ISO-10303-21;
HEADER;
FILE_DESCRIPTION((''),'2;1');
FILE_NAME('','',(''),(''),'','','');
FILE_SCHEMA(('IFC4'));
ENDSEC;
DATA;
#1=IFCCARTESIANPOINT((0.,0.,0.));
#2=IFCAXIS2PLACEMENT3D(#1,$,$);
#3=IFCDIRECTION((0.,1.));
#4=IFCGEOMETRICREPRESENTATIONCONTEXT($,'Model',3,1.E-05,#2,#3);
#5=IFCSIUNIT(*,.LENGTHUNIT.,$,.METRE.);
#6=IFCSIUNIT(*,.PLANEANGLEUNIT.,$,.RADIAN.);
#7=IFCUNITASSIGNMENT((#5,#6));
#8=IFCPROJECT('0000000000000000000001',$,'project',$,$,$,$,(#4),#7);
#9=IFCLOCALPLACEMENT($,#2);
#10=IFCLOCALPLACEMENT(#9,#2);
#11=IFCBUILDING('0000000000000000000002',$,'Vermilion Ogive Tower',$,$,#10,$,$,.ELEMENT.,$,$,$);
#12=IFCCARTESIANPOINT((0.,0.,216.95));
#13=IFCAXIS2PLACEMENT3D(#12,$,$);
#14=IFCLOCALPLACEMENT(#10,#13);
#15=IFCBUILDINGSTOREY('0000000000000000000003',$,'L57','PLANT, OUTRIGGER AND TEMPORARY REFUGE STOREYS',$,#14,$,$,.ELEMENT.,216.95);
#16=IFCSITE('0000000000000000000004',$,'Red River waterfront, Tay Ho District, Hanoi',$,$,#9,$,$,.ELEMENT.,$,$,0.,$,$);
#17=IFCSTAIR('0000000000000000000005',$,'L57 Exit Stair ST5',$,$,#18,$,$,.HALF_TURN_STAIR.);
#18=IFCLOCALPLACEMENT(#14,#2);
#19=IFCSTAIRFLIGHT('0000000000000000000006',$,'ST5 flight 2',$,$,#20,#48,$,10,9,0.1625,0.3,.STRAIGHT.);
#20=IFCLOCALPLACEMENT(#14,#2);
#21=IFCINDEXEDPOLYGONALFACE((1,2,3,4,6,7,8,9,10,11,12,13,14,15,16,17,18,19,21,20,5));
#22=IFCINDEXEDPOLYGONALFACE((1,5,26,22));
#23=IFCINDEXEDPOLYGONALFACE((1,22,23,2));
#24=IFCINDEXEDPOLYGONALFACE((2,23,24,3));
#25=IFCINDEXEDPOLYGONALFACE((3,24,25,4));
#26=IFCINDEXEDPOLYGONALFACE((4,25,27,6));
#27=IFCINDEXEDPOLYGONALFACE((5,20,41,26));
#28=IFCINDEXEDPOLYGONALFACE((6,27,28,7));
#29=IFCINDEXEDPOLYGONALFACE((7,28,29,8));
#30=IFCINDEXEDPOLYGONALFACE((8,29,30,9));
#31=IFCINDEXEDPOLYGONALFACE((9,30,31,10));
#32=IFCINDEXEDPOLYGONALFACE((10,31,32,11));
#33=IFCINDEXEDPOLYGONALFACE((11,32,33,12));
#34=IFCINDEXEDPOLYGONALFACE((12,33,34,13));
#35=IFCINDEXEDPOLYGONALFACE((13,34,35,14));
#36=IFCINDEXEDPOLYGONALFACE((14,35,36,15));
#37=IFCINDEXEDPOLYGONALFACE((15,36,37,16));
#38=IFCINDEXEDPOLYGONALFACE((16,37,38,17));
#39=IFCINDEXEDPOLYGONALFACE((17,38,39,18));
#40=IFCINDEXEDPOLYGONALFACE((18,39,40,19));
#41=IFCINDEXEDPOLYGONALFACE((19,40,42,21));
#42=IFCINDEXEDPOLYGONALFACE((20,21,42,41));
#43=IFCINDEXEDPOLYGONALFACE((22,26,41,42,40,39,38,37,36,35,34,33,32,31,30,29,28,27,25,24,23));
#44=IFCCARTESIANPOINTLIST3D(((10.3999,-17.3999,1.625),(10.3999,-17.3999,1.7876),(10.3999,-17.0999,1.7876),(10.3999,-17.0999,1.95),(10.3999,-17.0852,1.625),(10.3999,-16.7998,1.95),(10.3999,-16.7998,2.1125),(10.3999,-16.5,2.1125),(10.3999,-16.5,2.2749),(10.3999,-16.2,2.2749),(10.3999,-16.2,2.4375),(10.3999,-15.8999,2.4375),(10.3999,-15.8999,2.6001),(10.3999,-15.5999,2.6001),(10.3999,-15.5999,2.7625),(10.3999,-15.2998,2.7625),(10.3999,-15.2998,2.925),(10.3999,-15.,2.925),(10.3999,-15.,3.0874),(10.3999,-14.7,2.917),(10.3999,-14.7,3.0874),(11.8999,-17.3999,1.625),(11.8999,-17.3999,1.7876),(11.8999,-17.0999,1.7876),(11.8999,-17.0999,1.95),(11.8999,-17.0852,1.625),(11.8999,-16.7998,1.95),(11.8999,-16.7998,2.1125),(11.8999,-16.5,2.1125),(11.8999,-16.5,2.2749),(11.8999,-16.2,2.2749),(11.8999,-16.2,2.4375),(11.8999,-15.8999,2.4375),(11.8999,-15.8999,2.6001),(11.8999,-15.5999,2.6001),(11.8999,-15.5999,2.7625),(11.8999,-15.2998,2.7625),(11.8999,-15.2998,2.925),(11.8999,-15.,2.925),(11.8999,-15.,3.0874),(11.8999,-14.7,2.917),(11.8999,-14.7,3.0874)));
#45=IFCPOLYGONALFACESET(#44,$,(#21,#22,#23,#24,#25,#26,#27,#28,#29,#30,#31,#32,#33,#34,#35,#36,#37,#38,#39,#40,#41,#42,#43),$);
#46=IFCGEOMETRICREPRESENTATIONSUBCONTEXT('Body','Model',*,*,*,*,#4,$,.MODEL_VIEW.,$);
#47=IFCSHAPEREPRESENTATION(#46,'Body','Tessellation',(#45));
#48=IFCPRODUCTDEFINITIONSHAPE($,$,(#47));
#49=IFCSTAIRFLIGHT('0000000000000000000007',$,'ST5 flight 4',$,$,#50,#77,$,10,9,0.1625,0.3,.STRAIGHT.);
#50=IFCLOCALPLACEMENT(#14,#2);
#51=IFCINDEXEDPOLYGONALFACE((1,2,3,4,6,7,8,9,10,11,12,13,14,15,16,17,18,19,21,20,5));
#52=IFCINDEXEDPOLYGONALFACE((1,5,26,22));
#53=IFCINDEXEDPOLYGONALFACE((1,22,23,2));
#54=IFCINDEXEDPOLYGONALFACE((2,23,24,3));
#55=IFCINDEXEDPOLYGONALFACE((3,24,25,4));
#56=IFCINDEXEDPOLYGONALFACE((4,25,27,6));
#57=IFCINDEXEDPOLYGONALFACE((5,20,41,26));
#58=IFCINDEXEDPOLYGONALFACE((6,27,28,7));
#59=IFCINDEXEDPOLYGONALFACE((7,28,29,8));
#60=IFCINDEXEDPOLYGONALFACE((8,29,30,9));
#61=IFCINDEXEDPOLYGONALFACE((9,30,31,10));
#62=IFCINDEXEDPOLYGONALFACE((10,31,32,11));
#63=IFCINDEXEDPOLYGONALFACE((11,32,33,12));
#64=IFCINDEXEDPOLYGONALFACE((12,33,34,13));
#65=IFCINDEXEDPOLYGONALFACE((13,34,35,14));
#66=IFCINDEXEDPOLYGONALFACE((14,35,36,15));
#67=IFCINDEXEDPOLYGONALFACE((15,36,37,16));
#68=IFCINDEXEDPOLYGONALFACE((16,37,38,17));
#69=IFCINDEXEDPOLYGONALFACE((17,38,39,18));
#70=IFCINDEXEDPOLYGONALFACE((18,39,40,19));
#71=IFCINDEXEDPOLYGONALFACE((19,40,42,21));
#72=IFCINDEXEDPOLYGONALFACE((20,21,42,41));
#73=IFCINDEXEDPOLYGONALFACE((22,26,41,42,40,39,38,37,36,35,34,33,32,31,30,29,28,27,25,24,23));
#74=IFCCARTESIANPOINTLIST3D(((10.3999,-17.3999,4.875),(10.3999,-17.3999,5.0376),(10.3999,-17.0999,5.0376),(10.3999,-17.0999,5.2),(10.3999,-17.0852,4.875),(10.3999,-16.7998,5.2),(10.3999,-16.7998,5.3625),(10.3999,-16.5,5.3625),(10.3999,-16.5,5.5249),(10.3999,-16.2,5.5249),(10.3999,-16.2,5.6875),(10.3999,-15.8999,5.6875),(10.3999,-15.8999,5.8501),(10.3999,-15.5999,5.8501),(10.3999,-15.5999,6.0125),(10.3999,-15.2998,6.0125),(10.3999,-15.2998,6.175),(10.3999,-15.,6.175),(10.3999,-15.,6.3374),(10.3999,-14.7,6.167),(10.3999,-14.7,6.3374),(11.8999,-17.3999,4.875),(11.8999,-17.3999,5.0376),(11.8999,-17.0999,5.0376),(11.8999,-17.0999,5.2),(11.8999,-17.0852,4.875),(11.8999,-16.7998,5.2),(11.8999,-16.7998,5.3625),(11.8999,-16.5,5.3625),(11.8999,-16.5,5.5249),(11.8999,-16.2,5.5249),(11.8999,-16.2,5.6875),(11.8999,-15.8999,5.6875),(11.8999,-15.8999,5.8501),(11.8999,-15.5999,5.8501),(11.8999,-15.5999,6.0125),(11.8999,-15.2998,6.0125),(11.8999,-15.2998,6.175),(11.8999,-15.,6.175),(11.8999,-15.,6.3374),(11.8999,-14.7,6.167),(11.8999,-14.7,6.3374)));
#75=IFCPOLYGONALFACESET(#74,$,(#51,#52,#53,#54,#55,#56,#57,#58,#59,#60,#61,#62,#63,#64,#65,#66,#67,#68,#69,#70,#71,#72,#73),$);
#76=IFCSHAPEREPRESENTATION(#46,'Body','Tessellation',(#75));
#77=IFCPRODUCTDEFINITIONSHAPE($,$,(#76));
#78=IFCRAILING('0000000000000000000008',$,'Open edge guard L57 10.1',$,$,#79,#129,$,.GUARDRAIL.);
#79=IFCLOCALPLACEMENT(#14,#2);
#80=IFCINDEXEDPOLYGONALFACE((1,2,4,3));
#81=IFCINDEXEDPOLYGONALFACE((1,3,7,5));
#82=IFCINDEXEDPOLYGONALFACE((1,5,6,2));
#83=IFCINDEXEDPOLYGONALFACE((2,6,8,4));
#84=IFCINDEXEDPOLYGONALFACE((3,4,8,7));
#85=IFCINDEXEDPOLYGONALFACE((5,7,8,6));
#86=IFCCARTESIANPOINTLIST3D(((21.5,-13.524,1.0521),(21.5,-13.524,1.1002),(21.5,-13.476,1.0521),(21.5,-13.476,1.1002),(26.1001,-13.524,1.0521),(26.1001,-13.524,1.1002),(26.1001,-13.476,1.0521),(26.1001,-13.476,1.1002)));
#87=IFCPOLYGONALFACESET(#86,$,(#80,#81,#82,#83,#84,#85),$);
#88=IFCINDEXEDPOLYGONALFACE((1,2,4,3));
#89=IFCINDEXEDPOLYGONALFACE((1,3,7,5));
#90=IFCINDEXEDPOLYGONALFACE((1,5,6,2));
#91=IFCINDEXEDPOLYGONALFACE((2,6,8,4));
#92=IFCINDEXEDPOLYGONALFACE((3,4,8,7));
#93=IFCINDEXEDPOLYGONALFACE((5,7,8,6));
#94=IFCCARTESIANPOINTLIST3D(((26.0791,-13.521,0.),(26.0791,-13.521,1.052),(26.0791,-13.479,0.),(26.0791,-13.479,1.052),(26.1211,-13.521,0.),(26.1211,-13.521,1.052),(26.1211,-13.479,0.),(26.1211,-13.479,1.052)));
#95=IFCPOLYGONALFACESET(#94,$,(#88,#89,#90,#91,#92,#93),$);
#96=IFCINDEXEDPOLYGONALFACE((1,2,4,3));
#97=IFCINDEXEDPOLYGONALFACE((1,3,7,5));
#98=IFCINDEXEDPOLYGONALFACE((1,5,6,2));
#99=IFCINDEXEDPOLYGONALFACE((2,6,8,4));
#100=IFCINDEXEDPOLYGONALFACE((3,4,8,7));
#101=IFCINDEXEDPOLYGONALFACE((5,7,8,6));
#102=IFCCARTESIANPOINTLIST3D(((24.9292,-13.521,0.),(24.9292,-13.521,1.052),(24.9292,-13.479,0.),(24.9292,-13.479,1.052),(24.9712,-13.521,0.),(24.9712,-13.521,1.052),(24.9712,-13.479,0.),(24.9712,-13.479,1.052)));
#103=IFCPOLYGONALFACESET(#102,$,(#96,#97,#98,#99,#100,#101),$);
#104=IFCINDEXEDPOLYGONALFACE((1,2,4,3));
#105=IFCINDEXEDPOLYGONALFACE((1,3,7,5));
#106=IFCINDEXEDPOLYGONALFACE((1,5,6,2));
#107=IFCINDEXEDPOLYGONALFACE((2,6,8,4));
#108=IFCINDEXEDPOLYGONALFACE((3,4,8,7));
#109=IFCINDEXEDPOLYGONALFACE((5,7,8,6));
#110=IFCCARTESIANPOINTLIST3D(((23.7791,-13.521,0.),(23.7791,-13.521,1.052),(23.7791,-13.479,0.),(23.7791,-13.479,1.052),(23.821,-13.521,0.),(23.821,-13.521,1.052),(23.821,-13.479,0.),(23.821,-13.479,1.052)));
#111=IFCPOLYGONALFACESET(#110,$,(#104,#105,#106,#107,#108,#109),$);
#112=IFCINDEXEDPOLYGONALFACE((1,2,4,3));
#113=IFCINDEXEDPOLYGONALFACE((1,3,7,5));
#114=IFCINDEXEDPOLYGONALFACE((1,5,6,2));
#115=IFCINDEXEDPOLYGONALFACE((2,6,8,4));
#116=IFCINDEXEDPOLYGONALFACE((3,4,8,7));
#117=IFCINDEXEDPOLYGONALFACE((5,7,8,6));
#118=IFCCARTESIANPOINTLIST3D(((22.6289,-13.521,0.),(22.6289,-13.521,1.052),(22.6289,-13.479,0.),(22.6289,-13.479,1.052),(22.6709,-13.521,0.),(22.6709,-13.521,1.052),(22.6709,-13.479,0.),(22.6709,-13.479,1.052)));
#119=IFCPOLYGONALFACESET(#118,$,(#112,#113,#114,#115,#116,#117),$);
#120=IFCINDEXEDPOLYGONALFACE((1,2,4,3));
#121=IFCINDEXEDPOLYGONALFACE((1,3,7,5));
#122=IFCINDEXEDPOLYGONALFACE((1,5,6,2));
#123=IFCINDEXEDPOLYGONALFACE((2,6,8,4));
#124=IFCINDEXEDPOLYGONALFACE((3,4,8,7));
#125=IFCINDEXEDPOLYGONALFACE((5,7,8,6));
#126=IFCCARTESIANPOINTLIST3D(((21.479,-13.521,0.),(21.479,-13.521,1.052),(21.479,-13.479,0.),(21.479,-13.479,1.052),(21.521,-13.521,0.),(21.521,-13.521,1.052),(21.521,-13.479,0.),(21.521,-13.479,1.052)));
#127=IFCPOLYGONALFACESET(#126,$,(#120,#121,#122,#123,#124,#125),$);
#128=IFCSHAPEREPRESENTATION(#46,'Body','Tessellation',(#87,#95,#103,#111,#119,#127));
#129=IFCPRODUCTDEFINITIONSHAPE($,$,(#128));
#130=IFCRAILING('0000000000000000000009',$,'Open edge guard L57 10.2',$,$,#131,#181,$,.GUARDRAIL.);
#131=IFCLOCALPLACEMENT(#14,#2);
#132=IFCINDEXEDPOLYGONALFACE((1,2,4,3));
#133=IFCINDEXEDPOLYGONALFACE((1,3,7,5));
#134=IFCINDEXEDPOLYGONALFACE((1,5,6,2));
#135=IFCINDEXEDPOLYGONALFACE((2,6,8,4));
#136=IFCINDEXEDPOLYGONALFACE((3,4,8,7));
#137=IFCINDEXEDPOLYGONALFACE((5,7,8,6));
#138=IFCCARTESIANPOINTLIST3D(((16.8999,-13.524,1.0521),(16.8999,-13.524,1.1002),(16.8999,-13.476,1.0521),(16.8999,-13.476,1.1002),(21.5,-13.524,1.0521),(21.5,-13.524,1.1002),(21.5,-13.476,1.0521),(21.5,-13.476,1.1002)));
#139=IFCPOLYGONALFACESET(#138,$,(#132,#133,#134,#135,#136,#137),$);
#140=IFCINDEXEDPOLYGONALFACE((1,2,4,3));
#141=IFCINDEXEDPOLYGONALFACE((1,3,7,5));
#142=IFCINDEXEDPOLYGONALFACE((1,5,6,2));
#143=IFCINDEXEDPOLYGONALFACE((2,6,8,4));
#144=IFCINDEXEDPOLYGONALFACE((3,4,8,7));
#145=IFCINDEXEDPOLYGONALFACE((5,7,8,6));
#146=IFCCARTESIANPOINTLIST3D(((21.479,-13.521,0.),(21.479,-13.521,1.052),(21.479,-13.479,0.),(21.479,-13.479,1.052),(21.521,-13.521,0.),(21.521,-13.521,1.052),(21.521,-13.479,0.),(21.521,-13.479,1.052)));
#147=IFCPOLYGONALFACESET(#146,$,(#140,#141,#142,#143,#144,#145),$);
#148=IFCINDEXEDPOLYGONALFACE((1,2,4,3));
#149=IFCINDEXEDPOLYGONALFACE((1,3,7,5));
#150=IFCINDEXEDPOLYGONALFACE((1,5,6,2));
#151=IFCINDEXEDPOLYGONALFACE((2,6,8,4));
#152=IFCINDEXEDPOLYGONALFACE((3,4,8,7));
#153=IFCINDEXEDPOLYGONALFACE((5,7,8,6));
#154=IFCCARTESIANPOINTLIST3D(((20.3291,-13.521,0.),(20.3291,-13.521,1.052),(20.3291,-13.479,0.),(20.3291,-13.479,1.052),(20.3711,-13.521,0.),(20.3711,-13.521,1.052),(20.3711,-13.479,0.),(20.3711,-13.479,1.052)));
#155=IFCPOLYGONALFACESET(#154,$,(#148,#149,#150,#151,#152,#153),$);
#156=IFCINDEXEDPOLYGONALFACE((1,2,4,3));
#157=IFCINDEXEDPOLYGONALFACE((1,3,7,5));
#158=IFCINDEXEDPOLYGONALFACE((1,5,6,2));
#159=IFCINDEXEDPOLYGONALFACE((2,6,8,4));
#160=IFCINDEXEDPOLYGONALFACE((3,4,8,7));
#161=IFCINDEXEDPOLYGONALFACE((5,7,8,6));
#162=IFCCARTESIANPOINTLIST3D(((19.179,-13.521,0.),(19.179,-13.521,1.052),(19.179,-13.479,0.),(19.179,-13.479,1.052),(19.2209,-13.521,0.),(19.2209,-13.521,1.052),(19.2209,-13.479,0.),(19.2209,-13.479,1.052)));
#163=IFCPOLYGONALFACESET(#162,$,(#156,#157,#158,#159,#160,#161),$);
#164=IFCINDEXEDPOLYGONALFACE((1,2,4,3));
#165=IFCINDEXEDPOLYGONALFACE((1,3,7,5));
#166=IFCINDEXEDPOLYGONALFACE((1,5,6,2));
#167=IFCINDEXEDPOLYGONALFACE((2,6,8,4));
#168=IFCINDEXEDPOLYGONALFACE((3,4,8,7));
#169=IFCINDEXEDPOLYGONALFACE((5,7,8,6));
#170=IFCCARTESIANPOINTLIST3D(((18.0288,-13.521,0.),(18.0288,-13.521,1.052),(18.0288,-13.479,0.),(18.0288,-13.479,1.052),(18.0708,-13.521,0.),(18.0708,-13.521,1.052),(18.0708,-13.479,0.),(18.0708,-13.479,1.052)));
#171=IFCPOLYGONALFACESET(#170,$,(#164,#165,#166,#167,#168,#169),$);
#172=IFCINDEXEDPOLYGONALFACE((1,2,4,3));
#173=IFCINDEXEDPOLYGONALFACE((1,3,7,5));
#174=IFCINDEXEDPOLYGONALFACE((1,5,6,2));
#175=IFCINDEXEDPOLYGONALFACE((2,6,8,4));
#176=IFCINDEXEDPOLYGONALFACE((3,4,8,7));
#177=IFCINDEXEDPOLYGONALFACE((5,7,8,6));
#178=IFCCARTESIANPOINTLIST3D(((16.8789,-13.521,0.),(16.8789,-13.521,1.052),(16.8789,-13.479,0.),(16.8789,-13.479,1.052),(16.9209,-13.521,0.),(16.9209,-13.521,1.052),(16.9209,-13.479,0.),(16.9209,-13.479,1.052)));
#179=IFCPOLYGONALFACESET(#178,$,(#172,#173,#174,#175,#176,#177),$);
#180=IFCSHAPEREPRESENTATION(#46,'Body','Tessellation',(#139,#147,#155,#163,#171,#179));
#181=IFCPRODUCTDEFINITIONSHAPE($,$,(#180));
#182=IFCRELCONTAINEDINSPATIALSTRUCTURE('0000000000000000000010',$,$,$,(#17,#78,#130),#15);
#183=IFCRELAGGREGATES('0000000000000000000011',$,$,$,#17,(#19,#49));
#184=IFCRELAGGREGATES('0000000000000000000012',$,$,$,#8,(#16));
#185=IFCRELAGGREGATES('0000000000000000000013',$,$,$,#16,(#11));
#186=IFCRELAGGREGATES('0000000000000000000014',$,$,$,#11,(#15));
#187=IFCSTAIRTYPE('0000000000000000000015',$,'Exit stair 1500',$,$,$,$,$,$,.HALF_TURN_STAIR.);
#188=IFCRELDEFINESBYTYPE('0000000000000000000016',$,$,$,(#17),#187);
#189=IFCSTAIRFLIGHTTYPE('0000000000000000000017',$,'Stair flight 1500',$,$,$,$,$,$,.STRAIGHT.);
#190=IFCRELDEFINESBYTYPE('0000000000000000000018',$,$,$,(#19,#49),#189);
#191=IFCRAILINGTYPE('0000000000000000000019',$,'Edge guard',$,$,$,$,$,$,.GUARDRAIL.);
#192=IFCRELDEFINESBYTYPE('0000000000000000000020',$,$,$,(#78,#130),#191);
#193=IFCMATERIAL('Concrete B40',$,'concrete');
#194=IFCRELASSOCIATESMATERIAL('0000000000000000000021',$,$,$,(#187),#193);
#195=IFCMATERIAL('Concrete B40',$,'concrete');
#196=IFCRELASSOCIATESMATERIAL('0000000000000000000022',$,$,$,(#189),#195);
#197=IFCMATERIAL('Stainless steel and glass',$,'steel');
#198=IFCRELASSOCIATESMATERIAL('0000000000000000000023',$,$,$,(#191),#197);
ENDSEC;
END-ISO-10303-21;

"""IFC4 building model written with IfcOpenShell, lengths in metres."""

from ifc_helpers import new_model, si_unit, direction, frame, origin, origin_2d, place, context, subcontext, project, spatial, polyline, rectangle, outline, extrude, material, type_object, element, aggregate, save


model = new_model("IFC4")

# Units and contexts
model_context = context("Model", 3, precision=1e-05, world=origin(), true_north=direction((0.0, 1.0)))
body_context = subcontext(model_context, "Body", "Model", "MODEL_VIEW")
ifc_project = project(units=[si_unit("LENGTHUNIT", "METRE"), si_unit("PLANEANGLEUNIT", "RADIAN")], contexts=[model_context])

# Site, building, storey
site_placement = place(None, origin())
site = spatial("IfcSite", under=ifc_project, at=site_placement, Name="Red River waterfront, Tay Ho District, Hanoi", CompositionType="ELEMENT", RefElevation=0.0)
building_placement = place(site_placement, origin())
building = spatial("IfcBuilding", under=site, at=building_placement, Name="Vermilion Ogive Tower", CompositionType="ELEMENT")
storey_placement = place(building_placement, frame((0.0, 0.0, 216.95)))
storey = spatial("IfcBuildingStorey", under=building, at=storey_placement, Name="L57", Description="PLANT, OUTRIGGER AND TEMPORARY REFUGE STOREYS", CompositionType="ELEMENT", Elevation=216.95)

# Stair, stair flights
ifc_material_1 = material(Name="Concrete B40", Category="concrete")
stair_type = type_object("IfcStairType", Name="Exit stair 1500", PredefinedType="HALF_TURN_STAIR", material=ifc_material_1)
stair_placement = place(storey_placement, origin())
stair = element("IfcStair", 1, at=stair_placement, inside=storey, type_object=stair_type, Name="L57 Exit Stair ST5", PredefinedType="HALF_TURN_STAIR")
ifc_material_2 = material(Name="Concrete B40", Category="concrete")
stair_flight_type = type_object("IfcStairFlightType", Name="Stair flight 1500", PredefinedType="STRAIGHT", material=ifc_material_2)
stair_flight_1_placement = place(storey_placement, frame((11.1499, -17.3999, 1.625), z_axis=(0.0, 0.0, 1.0), x_axis=(0.0, 1.0, 0.0)))
stair_flight_1 = element("IfcStairFlight", 2, at=stair_flight_1_placement, type_object=stair_flight_type, Name="ST5 flight 2", NumberOfRisers=10, NumberOfTreads=9, PredefinedType="STRAIGHT", RiserHeight=0.1625, TreadLength=0.3, context=body_context, shape_type="SweptSolid", body=[
    extrude(outline(polyline([(0.0, 0.0), (0.0, 0.1626), (0.3, 0.1626), (0.3, 0.325), (0.6001, 0.325), (0.6001, 0.4875), (0.8999, 0.4875), (0.8999, 0.6499), (1.2, 0.6499), (1.2, 0.8125), (1.5, 0.8125), (1.5, 0.9751), (1.8, 0.9751), (1.8, 1.1375), (2.1001, 1.1375), (2.1001, 1.3), (2.3999, 1.3), (2.3999, 1.4624), (2.7, 1.4624), (2.7, 1.625), (2.7, 1.292), (0.3147, 0.0), (0.0, 0.0)])), frame((0.0, 0.75, 0.0), z_axis=(0.0, -1.0, 0.0), x_axis=(1.0, 0.0, 0.0)), (0.0, 0.0, 1.0), 1.5),
])
stair_flight_2_placement = place(storey_placement, frame((11.1499, -17.3999, 4.875), z_axis=(0.0, 0.0, 1.0), x_axis=(0.0, 1.0, 0.0)))
stair_flight_2 = element("IfcStairFlight", 3, at=stair_flight_2_placement, type_object=stair_flight_type, Name="ST5 flight 4", NumberOfRisers=10, NumberOfTreads=9, PredefinedType="STRAIGHT", RiserHeight=0.1625, TreadLength=0.3, context=body_context, shape_type="SweptSolid", body=[
    extrude(outline(polyline([(0.0, 0.0), (0.0, 0.1626), (0.3, 0.1626), (0.3, 0.325), (0.6001, 0.325), (0.6001, 0.4875), (0.8999, 0.4875), (0.8999, 0.6499), (1.2, 0.6499), (1.2, 0.8125), (1.5, 0.8125), (1.5, 0.9751), (1.8, 0.9751), (1.8, 1.1375), (2.1001, 1.1375), (2.1001, 1.3), (2.3999, 1.3), (2.3999, 1.4624), (2.7, 1.4624), (2.7, 1.625), (2.7, 1.292), (0.3147, 0.0), (0.0, 0.0)])), frame((0.0, 0.75, 0.0), z_axis=(0.0, -1.0, 0.0), x_axis=(1.0, 0.0, 0.0)), (0.0, 0.0, 1.0), 1.5),
])
aggregate(stair, [stair_flight_1, stair_flight_2])

# Railings
ifc_material_3 = material(Name="Stainless steel and glass", Category="steel")
railing_type_1 = type_object("IfcRailingType", Name="Edge guard", PredefinedType="GUARDRAIL", material=ifc_material_3)
for number, where, name in (
    (4, (26.1001, -13.5, 0.0), "Open edge guard L57 10.1"),
    (5, (21.5, -13.5, 0.0), "Open edge guard L57 10.2"),
):
    element("IfcRailing", number, at=place(storey_placement, frame(where)), inside=storey, type_object=railing_type_1, Name=name, PredefinedType="GUARDRAIL", context=body_context, shape_type="SweptSolid", body=[
        extrude(rectangle(XDim=0.0481, YDim=0.0481, at=origin_2d()), frame((0.0, 0.0, 1.0762), z_axis=(-1.0, 0.0, 0.0), x_axis=(0.0, -1.0, 0.0)), (0.0, 0.0, 1.0), 4.6001),
        extrude(rectangle(XDim=0.042, YDim=0.042, at=origin_2d()), origin(), (0.0, 0.0, 1.0), 1.052),
        extrude(rectangle(XDim=0.042, YDim=0.042, at=origin_2d()), frame((-1.1499, 0.0, 0.0)), (0.0, 0.0, 1.0), 1.052),
        extrude(rectangle(XDim=0.042, YDim=0.042, at=origin_2d()), frame((-2.3, 0.0, 0.0)), (0.0, 0.0, 1.0), 1.052),
        extrude(rectangle(XDim=0.042, YDim=0.042, at=origin_2d()), frame((-3.4502, 0.0, 0.0)), (0.0, 0.0, 1.0), 1.052),
        extrude(rectangle(XDim=0.042, YDim=0.042, at=origin_2d()), frame((-4.6001, 0.0, 0.0)), (0.0, 0.0, 1.0), 1.052),
    ])

save(model, "model.ifc")
